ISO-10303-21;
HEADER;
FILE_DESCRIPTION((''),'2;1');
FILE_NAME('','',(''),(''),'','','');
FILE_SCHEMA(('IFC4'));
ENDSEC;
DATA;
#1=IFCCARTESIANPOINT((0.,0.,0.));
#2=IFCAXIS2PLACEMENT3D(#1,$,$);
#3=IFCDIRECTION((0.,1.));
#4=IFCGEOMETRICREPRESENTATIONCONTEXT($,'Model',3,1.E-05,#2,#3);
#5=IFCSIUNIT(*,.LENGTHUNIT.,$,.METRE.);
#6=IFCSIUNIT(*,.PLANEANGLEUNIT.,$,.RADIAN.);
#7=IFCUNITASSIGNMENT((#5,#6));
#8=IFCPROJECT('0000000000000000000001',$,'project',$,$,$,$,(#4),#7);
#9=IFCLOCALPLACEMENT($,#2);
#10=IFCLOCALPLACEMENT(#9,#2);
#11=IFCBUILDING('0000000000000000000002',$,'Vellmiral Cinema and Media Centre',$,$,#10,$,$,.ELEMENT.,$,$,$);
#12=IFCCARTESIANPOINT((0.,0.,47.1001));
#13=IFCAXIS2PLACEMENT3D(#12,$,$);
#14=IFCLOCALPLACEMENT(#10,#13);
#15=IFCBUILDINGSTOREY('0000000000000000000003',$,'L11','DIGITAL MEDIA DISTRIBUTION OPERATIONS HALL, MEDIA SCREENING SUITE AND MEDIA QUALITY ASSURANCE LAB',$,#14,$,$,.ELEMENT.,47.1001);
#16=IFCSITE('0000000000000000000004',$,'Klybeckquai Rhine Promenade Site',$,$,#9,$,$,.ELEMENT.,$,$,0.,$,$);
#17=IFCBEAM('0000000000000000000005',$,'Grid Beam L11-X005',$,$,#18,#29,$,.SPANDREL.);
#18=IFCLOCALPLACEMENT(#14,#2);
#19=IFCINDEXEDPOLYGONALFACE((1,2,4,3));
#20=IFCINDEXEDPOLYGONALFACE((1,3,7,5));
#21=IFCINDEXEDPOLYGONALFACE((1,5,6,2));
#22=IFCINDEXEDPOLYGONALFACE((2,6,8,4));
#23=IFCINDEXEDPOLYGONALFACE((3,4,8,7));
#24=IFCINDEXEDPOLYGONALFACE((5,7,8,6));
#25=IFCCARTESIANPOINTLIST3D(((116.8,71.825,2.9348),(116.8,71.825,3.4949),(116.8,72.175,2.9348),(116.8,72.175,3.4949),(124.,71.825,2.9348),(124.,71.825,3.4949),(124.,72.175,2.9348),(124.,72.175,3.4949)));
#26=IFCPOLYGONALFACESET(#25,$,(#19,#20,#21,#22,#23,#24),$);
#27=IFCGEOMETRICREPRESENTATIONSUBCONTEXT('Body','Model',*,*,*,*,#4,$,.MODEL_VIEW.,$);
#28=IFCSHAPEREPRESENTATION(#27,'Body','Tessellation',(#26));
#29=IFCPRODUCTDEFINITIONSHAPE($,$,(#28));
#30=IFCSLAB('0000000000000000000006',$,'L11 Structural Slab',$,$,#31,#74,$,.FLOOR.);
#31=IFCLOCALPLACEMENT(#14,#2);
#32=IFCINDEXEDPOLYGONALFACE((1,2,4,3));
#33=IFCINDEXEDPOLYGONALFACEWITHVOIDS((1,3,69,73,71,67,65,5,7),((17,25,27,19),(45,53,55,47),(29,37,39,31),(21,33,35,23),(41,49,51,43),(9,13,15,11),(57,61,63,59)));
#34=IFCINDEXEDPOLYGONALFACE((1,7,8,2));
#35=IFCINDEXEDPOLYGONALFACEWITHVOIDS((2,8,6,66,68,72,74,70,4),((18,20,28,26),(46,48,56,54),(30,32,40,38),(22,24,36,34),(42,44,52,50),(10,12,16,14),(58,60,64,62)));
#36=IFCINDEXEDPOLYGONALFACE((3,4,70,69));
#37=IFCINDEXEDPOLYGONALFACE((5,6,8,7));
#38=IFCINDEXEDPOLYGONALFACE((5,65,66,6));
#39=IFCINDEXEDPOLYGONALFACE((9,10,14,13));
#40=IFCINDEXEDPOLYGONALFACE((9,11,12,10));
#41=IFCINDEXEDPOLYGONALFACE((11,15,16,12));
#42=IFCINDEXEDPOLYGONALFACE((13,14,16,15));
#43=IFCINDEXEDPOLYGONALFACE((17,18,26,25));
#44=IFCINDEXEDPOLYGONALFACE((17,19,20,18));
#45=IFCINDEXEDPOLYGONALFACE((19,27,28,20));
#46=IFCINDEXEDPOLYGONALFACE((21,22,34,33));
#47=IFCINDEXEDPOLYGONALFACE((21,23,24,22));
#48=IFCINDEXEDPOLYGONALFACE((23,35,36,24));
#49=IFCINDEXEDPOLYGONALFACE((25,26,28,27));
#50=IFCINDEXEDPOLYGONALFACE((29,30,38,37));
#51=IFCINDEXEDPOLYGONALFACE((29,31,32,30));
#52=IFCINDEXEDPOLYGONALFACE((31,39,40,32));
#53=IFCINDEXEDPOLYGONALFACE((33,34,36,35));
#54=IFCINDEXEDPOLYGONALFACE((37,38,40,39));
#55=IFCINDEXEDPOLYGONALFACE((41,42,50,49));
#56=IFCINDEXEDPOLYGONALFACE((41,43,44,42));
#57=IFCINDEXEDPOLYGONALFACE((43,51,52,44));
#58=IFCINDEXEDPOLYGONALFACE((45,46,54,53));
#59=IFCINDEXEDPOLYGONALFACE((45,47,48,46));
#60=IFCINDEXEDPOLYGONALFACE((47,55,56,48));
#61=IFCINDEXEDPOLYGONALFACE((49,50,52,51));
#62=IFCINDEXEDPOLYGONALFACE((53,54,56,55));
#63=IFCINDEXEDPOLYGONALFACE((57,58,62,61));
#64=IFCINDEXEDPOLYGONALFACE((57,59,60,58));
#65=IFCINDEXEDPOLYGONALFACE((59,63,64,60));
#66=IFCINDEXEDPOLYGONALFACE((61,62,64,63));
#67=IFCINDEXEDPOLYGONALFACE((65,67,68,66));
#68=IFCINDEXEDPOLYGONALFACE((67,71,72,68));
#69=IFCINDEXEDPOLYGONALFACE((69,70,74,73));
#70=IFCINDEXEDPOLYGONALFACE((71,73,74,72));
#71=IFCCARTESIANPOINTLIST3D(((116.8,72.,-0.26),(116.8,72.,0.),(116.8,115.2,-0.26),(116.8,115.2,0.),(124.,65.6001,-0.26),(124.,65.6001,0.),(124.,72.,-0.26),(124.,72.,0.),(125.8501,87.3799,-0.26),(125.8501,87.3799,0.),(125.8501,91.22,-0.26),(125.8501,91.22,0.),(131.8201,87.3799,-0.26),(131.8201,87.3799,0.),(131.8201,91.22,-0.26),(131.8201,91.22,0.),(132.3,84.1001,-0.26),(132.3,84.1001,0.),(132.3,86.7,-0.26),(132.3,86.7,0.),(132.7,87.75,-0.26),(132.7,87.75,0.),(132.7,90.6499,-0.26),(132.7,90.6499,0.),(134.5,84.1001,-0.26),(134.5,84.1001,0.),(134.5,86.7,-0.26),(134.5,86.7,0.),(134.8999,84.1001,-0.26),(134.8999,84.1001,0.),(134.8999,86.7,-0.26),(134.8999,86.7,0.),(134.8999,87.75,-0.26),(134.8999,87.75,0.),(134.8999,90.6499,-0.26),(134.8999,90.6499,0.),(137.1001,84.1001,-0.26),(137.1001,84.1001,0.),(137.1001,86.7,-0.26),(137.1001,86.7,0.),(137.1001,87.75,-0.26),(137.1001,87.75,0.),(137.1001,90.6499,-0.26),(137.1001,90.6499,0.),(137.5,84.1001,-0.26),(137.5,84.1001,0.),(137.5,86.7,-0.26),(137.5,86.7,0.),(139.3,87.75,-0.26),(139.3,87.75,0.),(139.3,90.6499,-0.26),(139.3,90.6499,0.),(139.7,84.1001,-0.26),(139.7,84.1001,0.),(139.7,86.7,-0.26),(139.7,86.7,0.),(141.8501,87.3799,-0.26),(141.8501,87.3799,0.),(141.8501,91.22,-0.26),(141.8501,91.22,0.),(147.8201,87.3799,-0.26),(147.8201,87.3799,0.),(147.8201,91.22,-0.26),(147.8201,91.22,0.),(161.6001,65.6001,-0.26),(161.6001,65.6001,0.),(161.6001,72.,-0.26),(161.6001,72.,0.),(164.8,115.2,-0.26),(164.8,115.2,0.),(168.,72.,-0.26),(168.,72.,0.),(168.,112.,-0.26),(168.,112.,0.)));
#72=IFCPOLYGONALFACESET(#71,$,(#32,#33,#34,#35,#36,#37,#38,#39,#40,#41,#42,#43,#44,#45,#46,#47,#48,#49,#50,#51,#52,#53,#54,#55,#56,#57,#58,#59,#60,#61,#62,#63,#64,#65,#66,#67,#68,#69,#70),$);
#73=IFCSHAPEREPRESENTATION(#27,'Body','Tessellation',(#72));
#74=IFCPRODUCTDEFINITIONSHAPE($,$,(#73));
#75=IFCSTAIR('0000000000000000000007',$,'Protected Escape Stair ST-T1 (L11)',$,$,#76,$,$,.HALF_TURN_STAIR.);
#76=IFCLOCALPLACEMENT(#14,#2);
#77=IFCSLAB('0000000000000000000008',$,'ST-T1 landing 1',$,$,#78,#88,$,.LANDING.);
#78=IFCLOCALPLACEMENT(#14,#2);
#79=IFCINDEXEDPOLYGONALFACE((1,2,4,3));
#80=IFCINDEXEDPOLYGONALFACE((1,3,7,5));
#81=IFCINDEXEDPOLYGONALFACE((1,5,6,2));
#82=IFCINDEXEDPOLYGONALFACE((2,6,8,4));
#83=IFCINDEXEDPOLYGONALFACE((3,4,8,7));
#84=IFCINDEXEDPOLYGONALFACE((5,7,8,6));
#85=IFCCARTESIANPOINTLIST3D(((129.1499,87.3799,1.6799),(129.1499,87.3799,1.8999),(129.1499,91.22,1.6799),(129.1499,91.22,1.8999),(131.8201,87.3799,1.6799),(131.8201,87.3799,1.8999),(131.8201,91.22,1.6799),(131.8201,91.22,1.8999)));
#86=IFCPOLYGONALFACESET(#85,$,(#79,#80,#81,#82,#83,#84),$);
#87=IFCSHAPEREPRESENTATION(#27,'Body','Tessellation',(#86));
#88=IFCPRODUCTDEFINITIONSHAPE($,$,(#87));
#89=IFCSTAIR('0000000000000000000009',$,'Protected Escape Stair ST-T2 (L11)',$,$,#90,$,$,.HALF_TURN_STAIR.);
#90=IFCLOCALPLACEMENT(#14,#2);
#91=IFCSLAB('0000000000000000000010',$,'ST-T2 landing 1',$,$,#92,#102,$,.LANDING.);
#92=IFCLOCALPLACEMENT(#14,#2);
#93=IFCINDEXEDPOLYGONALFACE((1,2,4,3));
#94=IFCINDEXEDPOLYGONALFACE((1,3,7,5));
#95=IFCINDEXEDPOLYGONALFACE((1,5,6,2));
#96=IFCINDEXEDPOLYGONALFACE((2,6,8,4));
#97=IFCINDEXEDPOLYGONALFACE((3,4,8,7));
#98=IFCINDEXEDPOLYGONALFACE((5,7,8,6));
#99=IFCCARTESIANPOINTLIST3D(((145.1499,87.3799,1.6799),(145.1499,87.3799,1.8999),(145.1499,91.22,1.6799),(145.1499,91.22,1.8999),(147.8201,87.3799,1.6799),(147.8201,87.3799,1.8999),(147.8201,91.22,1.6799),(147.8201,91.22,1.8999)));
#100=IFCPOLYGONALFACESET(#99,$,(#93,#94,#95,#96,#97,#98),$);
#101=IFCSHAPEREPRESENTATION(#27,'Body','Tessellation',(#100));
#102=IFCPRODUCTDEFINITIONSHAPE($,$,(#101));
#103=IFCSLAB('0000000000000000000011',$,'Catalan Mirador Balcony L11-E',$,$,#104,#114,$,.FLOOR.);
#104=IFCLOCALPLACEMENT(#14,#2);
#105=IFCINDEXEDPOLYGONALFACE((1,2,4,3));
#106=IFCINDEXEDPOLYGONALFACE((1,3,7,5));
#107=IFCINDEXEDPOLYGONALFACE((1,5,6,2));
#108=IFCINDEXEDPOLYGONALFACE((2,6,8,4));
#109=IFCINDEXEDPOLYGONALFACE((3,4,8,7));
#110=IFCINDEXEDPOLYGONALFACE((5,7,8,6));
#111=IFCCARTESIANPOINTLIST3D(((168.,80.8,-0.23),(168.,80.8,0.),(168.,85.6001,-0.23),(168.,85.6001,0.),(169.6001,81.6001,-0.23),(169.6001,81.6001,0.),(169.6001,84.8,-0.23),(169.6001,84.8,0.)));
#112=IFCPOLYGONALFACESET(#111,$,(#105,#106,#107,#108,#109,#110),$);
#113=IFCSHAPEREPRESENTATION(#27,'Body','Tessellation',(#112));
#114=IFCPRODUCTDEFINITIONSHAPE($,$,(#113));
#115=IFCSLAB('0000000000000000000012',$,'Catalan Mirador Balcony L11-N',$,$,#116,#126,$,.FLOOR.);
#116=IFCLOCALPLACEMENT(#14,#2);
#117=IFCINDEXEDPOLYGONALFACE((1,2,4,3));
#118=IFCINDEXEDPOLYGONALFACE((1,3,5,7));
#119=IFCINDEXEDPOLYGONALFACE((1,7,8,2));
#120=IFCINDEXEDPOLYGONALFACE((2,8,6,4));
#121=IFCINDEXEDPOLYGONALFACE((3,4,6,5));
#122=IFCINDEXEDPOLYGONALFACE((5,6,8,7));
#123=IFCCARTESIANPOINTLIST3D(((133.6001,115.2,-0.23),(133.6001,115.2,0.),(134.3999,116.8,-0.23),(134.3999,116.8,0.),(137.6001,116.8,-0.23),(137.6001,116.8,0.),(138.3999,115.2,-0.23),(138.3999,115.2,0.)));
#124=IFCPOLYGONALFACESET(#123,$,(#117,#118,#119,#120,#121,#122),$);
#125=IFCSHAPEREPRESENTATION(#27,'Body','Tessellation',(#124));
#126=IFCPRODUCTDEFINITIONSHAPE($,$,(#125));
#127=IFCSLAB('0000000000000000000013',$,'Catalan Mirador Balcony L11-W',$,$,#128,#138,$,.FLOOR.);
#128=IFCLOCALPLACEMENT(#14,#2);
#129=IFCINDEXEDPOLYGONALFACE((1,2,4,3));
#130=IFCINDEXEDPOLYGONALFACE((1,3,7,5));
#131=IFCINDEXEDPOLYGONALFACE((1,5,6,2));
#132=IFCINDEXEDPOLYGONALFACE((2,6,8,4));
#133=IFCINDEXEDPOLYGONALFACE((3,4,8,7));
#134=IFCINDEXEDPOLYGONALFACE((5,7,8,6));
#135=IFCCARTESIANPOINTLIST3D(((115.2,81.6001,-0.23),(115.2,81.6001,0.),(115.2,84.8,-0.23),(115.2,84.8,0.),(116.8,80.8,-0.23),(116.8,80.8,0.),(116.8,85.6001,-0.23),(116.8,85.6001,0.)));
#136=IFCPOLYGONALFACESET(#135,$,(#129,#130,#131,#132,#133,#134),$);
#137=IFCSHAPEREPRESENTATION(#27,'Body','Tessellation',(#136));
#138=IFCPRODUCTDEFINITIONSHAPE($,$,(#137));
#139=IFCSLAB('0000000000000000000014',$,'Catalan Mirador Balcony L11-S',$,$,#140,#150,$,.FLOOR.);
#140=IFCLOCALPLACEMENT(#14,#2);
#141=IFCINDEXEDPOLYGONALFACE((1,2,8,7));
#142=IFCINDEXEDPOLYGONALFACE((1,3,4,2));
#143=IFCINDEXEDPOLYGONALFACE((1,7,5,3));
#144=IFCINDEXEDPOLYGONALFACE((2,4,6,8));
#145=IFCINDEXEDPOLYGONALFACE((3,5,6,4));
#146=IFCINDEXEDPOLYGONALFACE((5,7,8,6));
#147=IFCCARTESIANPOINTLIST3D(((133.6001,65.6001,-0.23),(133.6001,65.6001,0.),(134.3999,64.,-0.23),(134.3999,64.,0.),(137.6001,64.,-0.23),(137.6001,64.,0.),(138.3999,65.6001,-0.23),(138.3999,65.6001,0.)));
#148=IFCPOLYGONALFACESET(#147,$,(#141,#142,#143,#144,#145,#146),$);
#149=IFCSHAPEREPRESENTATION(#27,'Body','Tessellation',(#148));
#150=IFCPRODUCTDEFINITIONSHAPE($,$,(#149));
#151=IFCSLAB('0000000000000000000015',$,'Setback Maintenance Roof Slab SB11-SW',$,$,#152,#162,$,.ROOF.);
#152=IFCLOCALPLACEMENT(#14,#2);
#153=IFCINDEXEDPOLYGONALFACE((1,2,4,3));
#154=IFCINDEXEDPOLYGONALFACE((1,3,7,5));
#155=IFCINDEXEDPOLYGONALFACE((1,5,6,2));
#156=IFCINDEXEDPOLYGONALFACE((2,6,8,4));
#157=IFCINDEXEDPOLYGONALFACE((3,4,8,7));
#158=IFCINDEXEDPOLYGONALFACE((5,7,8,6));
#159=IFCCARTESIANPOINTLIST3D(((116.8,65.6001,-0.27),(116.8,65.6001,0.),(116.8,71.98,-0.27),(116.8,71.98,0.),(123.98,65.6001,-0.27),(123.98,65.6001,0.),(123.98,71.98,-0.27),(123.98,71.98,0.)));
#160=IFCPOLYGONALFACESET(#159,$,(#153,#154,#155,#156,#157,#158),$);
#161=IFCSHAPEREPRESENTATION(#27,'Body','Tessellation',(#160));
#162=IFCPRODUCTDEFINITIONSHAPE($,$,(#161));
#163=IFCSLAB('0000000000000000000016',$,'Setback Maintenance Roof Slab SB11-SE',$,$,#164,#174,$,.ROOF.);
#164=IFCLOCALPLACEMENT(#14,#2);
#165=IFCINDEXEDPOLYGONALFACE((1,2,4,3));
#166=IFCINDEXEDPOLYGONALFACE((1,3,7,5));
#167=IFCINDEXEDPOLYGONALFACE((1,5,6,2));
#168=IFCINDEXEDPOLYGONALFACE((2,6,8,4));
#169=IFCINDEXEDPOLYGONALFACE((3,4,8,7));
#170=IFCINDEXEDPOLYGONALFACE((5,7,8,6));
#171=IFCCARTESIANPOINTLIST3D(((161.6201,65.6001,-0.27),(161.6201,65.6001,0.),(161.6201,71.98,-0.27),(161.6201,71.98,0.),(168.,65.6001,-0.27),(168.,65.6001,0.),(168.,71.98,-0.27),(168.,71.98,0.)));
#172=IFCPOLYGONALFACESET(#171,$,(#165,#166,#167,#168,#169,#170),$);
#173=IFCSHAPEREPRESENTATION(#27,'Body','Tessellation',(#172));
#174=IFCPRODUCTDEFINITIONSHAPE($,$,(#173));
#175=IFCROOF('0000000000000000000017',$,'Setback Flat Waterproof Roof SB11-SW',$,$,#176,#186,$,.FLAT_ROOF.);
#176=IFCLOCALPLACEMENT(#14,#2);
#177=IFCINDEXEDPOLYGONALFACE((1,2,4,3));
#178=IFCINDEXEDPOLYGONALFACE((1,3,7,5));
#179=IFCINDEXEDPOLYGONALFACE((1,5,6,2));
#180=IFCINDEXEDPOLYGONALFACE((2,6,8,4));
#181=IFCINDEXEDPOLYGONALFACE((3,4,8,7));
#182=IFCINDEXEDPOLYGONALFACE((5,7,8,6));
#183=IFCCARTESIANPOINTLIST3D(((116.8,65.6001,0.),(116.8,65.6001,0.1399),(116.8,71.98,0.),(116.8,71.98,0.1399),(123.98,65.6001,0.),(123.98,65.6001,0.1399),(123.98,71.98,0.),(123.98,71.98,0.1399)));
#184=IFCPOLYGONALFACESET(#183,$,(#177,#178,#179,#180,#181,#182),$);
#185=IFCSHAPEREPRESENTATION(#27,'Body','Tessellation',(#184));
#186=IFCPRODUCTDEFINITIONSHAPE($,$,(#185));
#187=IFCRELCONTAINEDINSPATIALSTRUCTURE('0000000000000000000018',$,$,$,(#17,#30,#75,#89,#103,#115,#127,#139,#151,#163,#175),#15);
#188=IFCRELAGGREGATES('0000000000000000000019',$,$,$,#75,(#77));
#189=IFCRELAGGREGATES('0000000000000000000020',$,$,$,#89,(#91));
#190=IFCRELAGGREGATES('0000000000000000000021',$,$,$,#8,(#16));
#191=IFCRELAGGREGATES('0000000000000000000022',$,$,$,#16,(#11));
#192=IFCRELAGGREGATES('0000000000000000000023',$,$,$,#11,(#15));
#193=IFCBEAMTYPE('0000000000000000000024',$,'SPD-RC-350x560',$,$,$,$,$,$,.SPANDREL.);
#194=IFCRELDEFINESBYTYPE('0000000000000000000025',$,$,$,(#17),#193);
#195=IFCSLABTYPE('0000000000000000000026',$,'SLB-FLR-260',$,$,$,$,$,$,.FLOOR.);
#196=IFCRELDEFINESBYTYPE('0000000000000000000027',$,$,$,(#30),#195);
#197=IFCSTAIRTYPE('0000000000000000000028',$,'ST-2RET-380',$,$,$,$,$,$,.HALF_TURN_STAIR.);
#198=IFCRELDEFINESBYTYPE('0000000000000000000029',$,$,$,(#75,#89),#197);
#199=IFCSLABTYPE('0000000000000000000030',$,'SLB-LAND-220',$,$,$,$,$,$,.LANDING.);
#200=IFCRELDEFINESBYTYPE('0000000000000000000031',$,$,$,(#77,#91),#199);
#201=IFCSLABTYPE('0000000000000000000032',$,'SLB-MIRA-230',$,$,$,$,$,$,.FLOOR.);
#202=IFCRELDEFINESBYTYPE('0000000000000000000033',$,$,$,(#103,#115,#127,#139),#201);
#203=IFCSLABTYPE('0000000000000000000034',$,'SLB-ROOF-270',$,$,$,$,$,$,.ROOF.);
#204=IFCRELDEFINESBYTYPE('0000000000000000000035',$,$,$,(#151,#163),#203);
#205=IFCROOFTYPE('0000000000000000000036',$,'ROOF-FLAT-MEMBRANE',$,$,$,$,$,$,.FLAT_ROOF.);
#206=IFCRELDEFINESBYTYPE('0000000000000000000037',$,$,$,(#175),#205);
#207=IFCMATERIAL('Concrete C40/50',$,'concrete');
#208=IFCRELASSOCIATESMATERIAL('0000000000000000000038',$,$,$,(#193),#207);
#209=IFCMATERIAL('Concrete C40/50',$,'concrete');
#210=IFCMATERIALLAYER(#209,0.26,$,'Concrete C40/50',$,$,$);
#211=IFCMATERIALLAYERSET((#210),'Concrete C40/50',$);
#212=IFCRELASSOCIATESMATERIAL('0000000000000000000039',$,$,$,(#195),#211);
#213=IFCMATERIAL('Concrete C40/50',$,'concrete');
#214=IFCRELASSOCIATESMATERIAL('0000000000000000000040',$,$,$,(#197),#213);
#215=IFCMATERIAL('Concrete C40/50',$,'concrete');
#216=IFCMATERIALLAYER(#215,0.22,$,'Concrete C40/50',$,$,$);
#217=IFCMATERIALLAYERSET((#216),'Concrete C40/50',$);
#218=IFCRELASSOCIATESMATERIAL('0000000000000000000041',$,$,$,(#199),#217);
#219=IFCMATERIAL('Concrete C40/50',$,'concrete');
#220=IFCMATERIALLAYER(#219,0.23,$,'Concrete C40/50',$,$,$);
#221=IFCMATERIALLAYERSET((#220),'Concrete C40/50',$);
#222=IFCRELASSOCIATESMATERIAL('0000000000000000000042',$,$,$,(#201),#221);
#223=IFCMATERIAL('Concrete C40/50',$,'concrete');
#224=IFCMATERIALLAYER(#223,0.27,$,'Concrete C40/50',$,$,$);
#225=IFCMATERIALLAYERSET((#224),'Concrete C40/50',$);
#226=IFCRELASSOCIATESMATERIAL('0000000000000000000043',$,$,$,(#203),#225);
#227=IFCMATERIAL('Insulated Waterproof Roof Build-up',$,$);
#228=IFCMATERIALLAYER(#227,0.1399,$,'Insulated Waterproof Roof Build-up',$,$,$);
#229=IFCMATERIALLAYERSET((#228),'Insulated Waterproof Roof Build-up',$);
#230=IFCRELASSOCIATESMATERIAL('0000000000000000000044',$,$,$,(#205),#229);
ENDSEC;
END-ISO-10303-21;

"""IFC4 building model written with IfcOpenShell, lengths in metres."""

from ifc_helpers import new_model, si_unit, direction, frame, origin, origin_2d, place, context, subcontext, project, spatial, polyline, rectangle, outline, extrude, material, layer, layer_set, material_profile, profile_set, type_object, element, aggregate, save


model = new_model("IFC4")

# Units and contexts
model_context = context("Model", 3, precision=1e-05, world=origin(), true_north=direction((0.0, 1.0)))
body_context = subcontext(model_context, "Body", "Model", "MODEL_VIEW")
ifc_project = project(units=[si_unit("LENGTHUNIT", "METRE"), si_unit("PLANEANGLEUNIT", "RADIAN")], contexts=[model_context])

# Site, building, storey
site_placement = place(None, origin())
site = spatial("IfcSite", under=ifc_project, at=site_placement, Name="Klybeckquai Rhine Promenade Site", CompositionType="ELEMENT", RefElevation=0.0)
building_placement = place(site_placement, origin())
building = spatial("IfcBuilding", under=site, at=building_placement, Name="Vellmiral Cinema and Media Centre", CompositionType="ELEMENT")
storey_placement = place(building_placement, frame((0.0, 0.0, 47.1001)))
storey = spatial("IfcBuildingStorey", under=building, at=storey_placement, Name="L11", Description="DIGITAL MEDIA DISTRIBUTION OPERATIONS HALL, MEDIA SCREENING SUITE AND MEDIA QUALITY ASSURANCE LAB", CompositionType="ELEMENT", Elevation=47.1001)

# Beam
ifc_material_1 = material(Name="Concrete C40/50", Category="concrete")
ifc_material_profile_1 = material_profile(ifc_material_1, rectangle(XDim=0.3501, YDim=0.5601, at=origin_2d()), Name="RC 350x560")
ifc_profile_set_1 = profile_set([ifc_material_profile_1], Name="Concrete C40/50")
beam_type_1 = type_object("IfcBeamType", Name="SPD-RC-350x560", PredefinedType="SPANDREL", material=ifc_profile_set_1)
beam_1_placement = place(storey_placement, frame((116.8, 72.0, 3.2148), z_axis=(1.0, 0.0, 0.0), x_axis=(0.0, 1.0, 0.0)))
element("IfcBeam", 1, at=beam_1_placement, inside=storey, type_object=beam_type_1, Name="Grid Beam L11-X005", PredefinedType="SPANDREL", context=body_context, shape_type="SweptSolid", body=[
    extrude(rectangle(XDim=0.3501, YDim=0.5601, at=origin_2d()), origin(), (0.0, 0.0, 1.0), 7.2),
])

# Slab
ifc_material_2 = material(Name="Concrete C40/50", Category="concrete")
ifc_layer_1 = layer(ifc_material_2, 0.26, Name="Concrete C40/50")
ifc_layer_set_1 = layer_set([ifc_layer_1], Name="Concrete C40/50")
slab_type_1 = type_object("IfcSlabType", Name="SLB-FLR-260", PredefinedType="FLOOR", material=ifc_layer_set_1)
slab_1_placement = place(storey_placement, frame((0.0, 0.0, -0.26)))
element("IfcSlab", 2, at=slab_1_placement, inside=storey, type_object=slab_type_1, Name="L11 Structural Slab", PredefinedType="FLOOR", context=body_context, shape_type="SweptSolid", body=[
    extrude(outline(polyline([(124.0, 65.6001), (161.6001, 65.6001), (161.6001, 72.0), (168.0, 72.0), (168.0, 112.0), (164.8, 115.2), (116.8, 115.2), (116.8, 72.0), (124.0, 72.0), (124.0, 65.6001)]), holes=[polyline([(125.8501, 87.3799), (131.8201, 87.3799), (131.8201, 91.22), (125.8501, 91.22), (125.8501, 87.3799)]), polyline([(141.8501, 87.3799), (147.8201, 87.3799), (147.8201, 91.22), (141.8501, 91.22), (141.8501, 87.3799)]), polyline([(132.7, 87.75), (134.8999, 87.75), (134.8999, 90.6499), (132.7, 90.6499), (132.7, 87.75)]), polyline([(137.1001, 87.75), (139.3, 87.75), (139.3, 90.6499), (137.1001, 90.6499), (137.1001, 87.75)]), polyline([(132.3, 84.1001), (134.5, 84.1001), (134.5, 86.7), (132.3, 86.7), (132.3, 84.1001)]), polyline([(134.8999, 84.1001), (137.1001, 84.1001), (137.1001, 86.7), (134.8999, 86.7), (134.8999, 84.1001)]), polyline([(137.5, 84.1001), (139.7, 84.1001), (139.7, 86.7), (137.5, 86.7), (137.5, 84.1001)])]), origin(), (0.0, 0.0, 1.0), 0.26),
])

# Stairs, slabs
ifc_material_3 = material(Name="Concrete C40/50", Category="concrete")
stair_type = type_object("IfcStairType", Name="ST-2RET-380", PredefinedType="HALF_TURN_STAIR", material=ifc_material_3)
stair_1_placement = place(storey_placement, origin())
stair_1 = element("IfcStair", 3, at=stair_1_placement, inside=storey, type_object=stair_type, Name="Protected Escape Stair ST-T1 (L11)", PredefinedType="HALF_TURN_STAIR")
ifc_material_4 = material(Name="Concrete C40/50", Category="concrete")
ifc_layer_2 = layer(ifc_material_4, 0.22, Name="Concrete C40/50")
ifc_layer_set_2 = layer_set([ifc_layer_2], Name="Concrete C40/50")
slab_type_2 = type_object("IfcSlabType", Name="SLB-LAND-220", PredefinedType="LANDING", material=ifc_layer_set_2)
slab_2_placement = place(storey_placement, frame((0.0, 0.0, 1.6799)))
slab_2 = element("IfcSlab", 4, at=slab_2_placement, type_object=slab_type_2, Name="ST-T1 landing 1", PredefinedType="LANDING", context=body_context, shape_type="SweptSolid", body=[
    extrude(outline(polyline([(129.1499, 87.3799), (131.8201, 87.3799), (131.8201, 91.22), (129.1499, 91.22), (129.1499, 87.3799)])), origin(), (0.0, 0.0, 1.0), 0.22),
])
aggregate(stair_1, [slab_2])
stair_2_placement = place(storey_placement, origin())
stair_2 = element("IfcStair", 5, at=stair_2_placement, inside=storey, type_object=stair_type, Name="Protected Escape Stair ST-T2 (L11)", PredefinedType="HALF_TURN_STAIR")
slab_3_placement = place(storey_placement, frame((0.0, 0.0, 1.6799)))
slab_3 = element("IfcSlab", 6, at=slab_3_placement, type_object=slab_type_2, Name="ST-T2 landing 1", PredefinedType="LANDING", context=body_context, shape_type="SweptSolid", body=[
    extrude(outline(polyline([(145.1499, 87.3799), (147.8201, 87.3799), (147.8201, 91.22), (145.1499, 91.22), (145.1499, 87.3799)])), origin(), (0.0, 0.0, 1.0), 0.22),
])
aggregate(stair_2, [slab_3])

# Slabs
ifc_material_5 = material(Name="Concrete C40/50", Category="concrete")
ifc_layer_3 = layer(ifc_material_5, 0.23, Name="Concrete C40/50")
ifc_layer_set_3 = layer_set([ifc_layer_3], Name="Concrete C40/50")
slab_type_3 = type_object("IfcSlabType", Name="SLB-MIRA-230", PredefinedType="FLOOR", material=ifc_layer_set_3)
slab_4_placement = place(storey_placement, frame((0.0, 0.0, -0.23)))
element("IfcSlab", 7, at=slab_4_placement, inside=storey, type_object=slab_type_3, Name="Catalan Mirador Balcony L11-E", PredefinedType="FLOOR", context=body_context, shape_type="SweptSolid", body=[
    extrude(outline(polyline([(168.0, 80.8), (169.6001, 81.6001), (169.6001, 84.8), (168.0, 85.6001), (168.0, 80.8)])), origin(), (0.0, 0.0, 1.0), 0.23),
])
slab_5_placement = place(storey_placement, frame((0.0, 0.0, -0.23)))
element("IfcSlab", 8, at=slab_5_placement, inside=storey, type_object=slab_type_3, Name="Catalan Mirador Balcony L11-N", PredefinedType="FLOOR", context=body_context, shape_type="SweptSolid", body=[
    extrude(outline(polyline([(133.6001, 115.2), (138.3999, 115.2), (137.6001, 116.8), (134.3999, 116.8), (133.6001, 115.2)])), origin(), (0.0, 0.0, 1.0), 0.23),
])
slab_6_placement = place(storey_placement, frame((0.0, 0.0, -0.23)))
element("IfcSlab", 9, at=slab_6_placement, inside=storey, type_object=slab_type_3, Name="Catalan Mirador Balcony L11-W", PredefinedType="FLOOR", context=body_context, shape_type="SweptSolid", body=[
    extrude(outline(polyline([(116.8, 80.8), (116.8, 85.6001), (115.2, 84.8), (115.2, 81.6001), (116.8, 80.8)])), origin(), (0.0, 0.0, 1.0), 0.23),
])
slab_7_placement = place(storey_placement, frame((0.0, 0.0, -0.23)))
element("IfcSlab", 10, at=slab_7_placement, inside=storey, type_object=slab_type_3, Name="Catalan Mirador Balcony L11-S", PredefinedType="FLOOR", context=body_context, shape_type="SweptSolid", body=[
    extrude(outline(polyline([(133.6001, 65.6001), (134.3999, 64.0), (137.6001, 64.0), (138.3999, 65.6001), (133.6001, 65.6001)])), origin(), (0.0, 0.0, 1.0), 0.23),
])
ifc_material_6 = material(Name="Concrete C40/50", Category="concrete")
ifc_layer_4 = layer(ifc_material_6, 0.27, Name="Concrete C40/50")
ifc_layer_set_4 = layer_set([ifc_layer_4], Name="Concrete C40/50")
slab_type_4 = type_object("IfcSlabType", Name="SLB-ROOF-270", PredefinedType="ROOF", material=ifc_layer_set_4)
slab_8_placement = place(storey_placement, frame((0.0, 0.0, -0.27)))
element("IfcSlab", 11, at=slab_8_placement, inside=storey, type_object=slab_type_4, Name="Setback Maintenance Roof Slab SB11-SW", PredefinedType="ROOF", context=body_context, shape_type="SweptSolid", body=[
    extrude(outline(polyline([(116.8, 65.6001), (123.98, 65.6001), (123.98, 71.98), (116.8, 71.98), (116.8, 65.6001)])), origin(), (0.0, 0.0, 1.0), 0.27),
])
slab_9_placement = place(storey_placement, frame((0.0, 0.0, -0.27)))
element("IfcSlab", 12, at=slab_9_placement, inside=storey, type_object=slab_type_4, Name="Setback Maintenance Roof Slab SB11-SE", PredefinedType="ROOF", context=body_context, shape_type="SweptSolid", body=[
    extrude(outline(polyline([(161.6201, 65.6001), (168.0, 65.6001), (168.0, 71.98), (161.6201, 71.98), (161.6201, 65.6001)])), origin(), (0.0, 0.0, 1.0), 0.27),
])

# Roof
ifc_material_7 = material(Name="Insulated Waterproof Roof Build-up")
ifc_layer_5 = layer(ifc_material_7, 0.1399, Name="Insulated Waterproof Roof Build-up")
ifc_layer_set_5 = layer_set([ifc_layer_5], Name="Insulated Waterproof Roof Build-up")
roof_type = type_object("IfcRoofType", Name="ROOF-FLAT-MEMBRANE", PredefinedType="FLAT_ROOF", material=ifc_layer_set_5)
roof_1_placement = place(storey_placement, origin())
element("IfcRoof", 13, at=roof_1_placement, inside=storey, type_object=roof_type, Name="Setback Flat Waterproof Roof SB11-SW", PredefinedType="FLAT_ROOF", context=body_context, shape_type="SweptSolid", body=[
    extrude(outline(polyline([(116.8, 65.6001), (123.98, 65.6001), (123.98, 71.98), (116.8, 71.98), (116.8, 65.6001)])), origin(), (0.0, 0.0, 1.0), 0.1399),
])

save(model, "model.ifc")
